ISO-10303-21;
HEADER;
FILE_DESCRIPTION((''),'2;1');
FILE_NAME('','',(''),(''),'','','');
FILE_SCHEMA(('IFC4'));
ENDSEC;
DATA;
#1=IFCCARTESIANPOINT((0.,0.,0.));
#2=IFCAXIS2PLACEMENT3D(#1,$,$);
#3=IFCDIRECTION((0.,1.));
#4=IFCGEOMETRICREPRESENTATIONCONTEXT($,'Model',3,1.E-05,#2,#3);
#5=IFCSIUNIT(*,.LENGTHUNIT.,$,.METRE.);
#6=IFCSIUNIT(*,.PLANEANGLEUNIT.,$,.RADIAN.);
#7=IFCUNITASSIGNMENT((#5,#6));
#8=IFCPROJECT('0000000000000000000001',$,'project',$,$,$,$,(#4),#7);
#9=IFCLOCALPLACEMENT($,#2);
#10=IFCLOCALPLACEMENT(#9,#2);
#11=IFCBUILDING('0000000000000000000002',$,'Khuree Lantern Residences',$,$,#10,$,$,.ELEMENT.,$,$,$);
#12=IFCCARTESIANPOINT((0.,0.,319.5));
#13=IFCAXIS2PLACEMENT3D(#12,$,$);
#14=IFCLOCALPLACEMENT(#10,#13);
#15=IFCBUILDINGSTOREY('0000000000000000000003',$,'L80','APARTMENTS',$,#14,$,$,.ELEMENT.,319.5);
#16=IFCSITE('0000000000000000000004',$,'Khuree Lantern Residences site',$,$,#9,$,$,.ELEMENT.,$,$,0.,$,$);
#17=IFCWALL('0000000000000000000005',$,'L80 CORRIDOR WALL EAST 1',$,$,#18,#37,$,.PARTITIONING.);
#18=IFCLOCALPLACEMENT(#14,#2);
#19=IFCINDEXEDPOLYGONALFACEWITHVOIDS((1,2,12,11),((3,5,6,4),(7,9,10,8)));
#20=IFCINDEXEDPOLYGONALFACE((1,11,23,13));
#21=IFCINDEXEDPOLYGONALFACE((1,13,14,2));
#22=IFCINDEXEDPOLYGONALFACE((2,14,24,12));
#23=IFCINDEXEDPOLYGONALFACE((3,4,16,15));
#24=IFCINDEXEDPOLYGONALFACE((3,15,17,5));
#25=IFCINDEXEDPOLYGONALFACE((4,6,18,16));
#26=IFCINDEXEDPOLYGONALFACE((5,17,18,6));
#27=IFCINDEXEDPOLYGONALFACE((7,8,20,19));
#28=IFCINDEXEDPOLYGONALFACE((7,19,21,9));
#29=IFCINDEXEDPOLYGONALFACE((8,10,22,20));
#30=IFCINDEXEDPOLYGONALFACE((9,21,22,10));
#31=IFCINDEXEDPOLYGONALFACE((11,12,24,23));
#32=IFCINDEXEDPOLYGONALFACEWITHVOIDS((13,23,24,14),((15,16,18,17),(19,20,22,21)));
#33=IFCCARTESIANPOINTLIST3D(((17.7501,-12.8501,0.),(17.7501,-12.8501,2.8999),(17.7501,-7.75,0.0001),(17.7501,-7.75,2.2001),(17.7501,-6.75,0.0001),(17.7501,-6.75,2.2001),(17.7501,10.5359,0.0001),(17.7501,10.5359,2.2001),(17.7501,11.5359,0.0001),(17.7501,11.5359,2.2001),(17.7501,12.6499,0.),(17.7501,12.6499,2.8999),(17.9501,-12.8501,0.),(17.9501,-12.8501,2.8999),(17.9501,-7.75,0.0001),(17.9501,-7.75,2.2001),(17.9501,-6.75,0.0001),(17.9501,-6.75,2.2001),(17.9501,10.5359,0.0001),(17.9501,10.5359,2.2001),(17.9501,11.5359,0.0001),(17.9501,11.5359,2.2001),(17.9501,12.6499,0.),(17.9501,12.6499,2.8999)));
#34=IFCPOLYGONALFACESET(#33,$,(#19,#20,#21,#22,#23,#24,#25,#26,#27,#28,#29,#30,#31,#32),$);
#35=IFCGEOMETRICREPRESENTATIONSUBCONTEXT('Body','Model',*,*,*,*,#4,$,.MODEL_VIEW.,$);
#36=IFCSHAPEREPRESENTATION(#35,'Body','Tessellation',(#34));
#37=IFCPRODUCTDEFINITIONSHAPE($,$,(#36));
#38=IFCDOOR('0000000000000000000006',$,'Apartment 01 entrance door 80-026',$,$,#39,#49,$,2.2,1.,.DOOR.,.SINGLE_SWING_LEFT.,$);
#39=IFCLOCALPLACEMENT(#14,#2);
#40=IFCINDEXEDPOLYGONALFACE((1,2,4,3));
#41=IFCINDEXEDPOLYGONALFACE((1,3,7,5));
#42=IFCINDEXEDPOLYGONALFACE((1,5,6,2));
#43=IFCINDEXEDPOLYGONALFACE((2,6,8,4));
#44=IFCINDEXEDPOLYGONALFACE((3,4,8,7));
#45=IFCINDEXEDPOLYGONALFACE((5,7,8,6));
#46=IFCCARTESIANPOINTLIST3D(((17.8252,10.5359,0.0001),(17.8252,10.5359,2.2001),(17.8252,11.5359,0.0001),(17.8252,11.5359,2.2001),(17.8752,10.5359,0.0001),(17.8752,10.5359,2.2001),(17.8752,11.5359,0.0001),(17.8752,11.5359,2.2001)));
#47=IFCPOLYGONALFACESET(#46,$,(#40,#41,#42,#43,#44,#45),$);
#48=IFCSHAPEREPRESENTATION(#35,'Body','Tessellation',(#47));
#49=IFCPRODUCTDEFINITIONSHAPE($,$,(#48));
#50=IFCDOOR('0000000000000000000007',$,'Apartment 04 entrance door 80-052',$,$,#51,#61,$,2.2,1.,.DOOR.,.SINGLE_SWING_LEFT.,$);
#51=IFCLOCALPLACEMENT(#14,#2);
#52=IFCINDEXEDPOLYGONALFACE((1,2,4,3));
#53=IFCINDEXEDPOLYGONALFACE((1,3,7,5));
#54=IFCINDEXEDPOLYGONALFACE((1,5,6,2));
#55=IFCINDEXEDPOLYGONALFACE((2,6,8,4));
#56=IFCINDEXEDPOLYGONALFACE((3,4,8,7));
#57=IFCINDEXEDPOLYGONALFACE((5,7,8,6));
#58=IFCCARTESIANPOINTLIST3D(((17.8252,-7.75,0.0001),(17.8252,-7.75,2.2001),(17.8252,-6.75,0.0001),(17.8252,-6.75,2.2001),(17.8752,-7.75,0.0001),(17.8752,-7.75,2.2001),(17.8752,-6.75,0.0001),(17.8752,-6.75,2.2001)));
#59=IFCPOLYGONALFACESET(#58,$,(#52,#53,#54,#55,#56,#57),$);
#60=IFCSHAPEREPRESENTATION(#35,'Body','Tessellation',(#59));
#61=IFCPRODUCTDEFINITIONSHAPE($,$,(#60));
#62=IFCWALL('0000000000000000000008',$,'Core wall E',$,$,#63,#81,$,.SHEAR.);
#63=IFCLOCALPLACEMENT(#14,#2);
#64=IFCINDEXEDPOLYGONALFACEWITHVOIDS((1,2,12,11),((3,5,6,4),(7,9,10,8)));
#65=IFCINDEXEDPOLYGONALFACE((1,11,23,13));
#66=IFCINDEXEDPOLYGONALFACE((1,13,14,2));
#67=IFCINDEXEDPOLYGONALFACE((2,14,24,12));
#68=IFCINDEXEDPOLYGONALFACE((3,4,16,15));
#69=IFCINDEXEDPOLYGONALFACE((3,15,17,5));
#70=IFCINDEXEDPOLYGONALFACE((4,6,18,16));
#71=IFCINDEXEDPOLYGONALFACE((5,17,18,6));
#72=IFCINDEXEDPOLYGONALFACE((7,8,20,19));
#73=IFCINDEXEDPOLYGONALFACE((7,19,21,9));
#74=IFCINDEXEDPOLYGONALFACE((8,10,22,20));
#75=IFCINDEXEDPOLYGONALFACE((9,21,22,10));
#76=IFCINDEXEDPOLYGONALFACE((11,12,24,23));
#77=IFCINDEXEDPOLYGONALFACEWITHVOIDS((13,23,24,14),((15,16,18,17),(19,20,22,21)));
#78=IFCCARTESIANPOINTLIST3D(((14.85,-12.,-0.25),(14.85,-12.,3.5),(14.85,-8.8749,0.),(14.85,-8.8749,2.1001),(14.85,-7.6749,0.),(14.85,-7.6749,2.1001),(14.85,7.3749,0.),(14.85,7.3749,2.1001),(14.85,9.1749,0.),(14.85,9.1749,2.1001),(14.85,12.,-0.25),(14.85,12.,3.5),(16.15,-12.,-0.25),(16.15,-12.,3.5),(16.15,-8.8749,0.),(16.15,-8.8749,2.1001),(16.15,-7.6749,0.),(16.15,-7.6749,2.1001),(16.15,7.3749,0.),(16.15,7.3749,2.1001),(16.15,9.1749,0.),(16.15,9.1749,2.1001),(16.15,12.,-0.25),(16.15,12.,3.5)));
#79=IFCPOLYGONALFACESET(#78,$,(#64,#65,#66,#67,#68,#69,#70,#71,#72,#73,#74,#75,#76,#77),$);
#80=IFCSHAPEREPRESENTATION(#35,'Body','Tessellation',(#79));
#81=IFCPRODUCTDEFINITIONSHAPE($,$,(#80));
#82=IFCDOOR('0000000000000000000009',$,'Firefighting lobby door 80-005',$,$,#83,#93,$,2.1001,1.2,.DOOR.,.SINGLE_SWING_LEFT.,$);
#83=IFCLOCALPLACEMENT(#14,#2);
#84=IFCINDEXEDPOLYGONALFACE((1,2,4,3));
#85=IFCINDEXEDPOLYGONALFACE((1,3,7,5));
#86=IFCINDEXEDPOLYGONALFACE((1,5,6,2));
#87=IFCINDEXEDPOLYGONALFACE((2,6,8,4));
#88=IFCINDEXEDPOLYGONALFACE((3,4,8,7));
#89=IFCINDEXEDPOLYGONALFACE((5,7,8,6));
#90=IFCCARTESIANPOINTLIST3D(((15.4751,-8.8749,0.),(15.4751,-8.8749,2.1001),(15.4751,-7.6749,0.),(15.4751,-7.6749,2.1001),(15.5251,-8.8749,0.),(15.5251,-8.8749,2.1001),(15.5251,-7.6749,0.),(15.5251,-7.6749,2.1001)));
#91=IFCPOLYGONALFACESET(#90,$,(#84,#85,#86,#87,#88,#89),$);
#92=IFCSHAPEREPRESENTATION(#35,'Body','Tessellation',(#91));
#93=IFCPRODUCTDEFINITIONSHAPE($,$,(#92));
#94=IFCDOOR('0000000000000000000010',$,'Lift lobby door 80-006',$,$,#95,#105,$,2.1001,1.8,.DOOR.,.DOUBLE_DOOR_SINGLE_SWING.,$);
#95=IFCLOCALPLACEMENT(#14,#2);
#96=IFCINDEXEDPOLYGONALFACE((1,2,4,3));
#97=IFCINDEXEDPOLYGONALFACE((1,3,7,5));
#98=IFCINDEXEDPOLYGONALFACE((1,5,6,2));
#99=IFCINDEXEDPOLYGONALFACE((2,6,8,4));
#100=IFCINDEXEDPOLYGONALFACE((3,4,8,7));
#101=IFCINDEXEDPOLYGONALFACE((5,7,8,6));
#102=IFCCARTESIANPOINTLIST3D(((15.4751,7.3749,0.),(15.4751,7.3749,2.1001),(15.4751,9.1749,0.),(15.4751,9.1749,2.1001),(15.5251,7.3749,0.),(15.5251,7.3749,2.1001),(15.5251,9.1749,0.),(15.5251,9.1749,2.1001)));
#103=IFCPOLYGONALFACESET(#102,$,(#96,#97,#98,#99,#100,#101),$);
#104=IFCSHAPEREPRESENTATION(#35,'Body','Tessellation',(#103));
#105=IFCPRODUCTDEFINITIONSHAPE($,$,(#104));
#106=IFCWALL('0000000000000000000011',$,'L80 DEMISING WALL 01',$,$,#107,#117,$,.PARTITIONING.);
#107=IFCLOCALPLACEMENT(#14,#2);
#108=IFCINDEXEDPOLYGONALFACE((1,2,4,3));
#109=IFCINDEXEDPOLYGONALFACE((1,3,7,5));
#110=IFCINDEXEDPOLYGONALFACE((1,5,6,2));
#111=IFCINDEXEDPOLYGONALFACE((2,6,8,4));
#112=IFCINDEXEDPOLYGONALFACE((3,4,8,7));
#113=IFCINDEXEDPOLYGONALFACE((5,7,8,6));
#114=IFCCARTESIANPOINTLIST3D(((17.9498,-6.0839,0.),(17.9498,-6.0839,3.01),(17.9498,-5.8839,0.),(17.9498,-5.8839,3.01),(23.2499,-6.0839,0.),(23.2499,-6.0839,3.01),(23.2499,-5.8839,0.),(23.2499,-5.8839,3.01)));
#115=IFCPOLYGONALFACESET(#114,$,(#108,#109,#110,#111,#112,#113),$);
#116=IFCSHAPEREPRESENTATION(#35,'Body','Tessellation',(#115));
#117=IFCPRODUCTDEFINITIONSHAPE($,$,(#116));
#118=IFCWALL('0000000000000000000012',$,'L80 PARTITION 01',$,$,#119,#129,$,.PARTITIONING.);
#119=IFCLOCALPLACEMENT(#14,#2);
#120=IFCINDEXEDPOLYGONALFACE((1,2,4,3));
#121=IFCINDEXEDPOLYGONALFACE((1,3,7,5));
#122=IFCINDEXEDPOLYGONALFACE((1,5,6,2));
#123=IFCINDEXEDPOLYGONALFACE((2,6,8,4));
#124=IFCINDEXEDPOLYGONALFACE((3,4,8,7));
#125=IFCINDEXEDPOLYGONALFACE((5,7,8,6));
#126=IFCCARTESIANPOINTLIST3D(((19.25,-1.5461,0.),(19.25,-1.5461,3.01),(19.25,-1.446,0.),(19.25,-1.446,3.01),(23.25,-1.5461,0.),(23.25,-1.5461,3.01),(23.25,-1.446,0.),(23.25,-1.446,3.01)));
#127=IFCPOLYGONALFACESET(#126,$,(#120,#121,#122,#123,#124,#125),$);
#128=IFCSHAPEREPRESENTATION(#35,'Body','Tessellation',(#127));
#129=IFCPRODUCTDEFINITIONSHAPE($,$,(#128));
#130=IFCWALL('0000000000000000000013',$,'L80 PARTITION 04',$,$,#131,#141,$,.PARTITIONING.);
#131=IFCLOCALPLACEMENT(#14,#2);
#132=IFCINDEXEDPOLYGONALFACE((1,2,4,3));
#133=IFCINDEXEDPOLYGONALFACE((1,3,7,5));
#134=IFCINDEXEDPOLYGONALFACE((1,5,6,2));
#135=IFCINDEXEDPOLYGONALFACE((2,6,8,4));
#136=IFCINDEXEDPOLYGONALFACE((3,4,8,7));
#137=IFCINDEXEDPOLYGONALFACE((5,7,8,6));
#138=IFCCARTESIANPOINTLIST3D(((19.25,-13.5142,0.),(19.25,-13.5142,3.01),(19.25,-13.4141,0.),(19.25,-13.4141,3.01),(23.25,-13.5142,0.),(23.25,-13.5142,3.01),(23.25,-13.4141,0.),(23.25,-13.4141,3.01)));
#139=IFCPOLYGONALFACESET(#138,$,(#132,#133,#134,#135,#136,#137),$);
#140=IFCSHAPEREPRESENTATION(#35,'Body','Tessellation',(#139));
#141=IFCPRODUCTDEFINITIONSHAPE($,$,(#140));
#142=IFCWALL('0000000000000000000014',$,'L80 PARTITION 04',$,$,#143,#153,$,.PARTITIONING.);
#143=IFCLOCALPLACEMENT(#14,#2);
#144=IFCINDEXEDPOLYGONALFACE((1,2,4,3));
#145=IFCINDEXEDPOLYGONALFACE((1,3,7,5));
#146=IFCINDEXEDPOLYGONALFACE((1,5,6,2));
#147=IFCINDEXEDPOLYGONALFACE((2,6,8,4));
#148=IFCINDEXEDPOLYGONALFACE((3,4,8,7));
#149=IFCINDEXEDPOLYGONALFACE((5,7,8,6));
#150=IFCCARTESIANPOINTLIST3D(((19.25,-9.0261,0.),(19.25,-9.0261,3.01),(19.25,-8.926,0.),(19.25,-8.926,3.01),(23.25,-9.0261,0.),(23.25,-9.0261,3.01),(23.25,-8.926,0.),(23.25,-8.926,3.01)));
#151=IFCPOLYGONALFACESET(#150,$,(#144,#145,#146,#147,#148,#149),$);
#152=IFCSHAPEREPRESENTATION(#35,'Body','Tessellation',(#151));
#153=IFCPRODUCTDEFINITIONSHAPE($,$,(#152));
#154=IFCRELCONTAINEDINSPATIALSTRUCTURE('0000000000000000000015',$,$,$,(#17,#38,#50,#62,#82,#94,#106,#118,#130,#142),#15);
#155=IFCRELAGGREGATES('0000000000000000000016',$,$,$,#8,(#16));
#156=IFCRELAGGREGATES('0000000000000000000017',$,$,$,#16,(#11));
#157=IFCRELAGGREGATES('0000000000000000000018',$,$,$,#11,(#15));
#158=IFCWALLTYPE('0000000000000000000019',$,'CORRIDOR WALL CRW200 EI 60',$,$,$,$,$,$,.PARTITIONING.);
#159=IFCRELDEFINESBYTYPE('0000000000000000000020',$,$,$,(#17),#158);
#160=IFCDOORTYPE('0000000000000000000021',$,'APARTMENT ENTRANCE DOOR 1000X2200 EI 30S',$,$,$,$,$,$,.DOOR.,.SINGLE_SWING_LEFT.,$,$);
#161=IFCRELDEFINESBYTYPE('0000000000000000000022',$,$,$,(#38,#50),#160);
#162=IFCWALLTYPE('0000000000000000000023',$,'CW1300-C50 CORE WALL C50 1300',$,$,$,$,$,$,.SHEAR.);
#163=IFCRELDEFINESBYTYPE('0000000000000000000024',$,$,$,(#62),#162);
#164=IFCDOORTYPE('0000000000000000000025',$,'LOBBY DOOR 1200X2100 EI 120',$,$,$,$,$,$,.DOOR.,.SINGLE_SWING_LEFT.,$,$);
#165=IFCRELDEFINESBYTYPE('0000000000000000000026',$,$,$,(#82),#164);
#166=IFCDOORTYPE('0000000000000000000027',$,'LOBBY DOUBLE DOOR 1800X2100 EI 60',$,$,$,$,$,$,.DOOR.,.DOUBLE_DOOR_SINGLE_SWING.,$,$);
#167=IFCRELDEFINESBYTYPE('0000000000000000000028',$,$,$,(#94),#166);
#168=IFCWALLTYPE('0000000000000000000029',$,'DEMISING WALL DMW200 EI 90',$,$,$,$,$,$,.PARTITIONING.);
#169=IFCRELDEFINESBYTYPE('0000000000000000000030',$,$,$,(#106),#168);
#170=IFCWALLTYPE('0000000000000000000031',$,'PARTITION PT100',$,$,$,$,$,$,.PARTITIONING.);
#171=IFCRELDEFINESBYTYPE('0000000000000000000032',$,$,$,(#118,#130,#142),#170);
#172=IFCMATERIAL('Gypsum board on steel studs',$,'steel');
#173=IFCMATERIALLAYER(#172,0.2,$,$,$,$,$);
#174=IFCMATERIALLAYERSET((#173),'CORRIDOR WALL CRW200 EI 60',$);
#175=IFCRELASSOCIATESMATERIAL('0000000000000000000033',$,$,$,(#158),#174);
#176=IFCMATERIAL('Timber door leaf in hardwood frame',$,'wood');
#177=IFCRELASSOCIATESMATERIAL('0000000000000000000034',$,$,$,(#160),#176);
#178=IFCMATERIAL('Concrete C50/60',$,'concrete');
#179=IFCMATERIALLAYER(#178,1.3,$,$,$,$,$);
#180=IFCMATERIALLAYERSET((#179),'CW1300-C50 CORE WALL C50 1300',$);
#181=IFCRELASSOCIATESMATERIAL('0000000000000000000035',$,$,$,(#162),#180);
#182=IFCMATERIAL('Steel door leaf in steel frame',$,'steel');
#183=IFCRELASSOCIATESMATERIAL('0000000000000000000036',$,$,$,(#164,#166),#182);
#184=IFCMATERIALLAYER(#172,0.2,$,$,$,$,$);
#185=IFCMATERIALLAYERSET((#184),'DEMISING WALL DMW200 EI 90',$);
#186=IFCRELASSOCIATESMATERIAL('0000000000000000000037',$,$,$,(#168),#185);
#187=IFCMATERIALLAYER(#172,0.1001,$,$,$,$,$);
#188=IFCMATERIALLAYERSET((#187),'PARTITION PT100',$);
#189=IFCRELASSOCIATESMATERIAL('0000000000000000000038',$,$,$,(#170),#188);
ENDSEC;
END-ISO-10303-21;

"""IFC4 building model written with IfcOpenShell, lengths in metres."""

from ifc_helpers import new_model, si_unit, direction, frame, frame_2d, origin, place, context, subcontext, project, spatial, rectangle, extrude, material, layer, layer_set, type_object, element, fill, save


model = new_model("IFC4")

# Units and contexts
model_context = context("Model", 3, precision=1e-05, world=origin(), true_north=direction((0.0, 1.0)))
body_context = subcontext(model_context, "Body", "Model", "MODEL_VIEW")
ifc_project = project(units=[si_unit("LENGTHUNIT", "METRE"), si_unit("PLANEANGLEUNIT", "RADIAN")], contexts=[model_context])

# Site, building, storey
site_placement = place(None, origin())
site = spatial("IfcSite", under=ifc_project, at=site_placement, Name="Khuree Lantern Residences site", CompositionType="ELEMENT", RefElevation=0.0)
building_placement = place(site_placement, origin())
building = spatial("IfcBuilding", under=site, at=building_placement, Name="Khuree Lantern Residences", CompositionType="ELEMENT")
storey_placement = place(building_placement, frame((0.0, 0.0, 319.5)))
storey = spatial("IfcBuildingStorey", under=building, at=storey_placement, Name="L80", Description="APARTMENTS", CompositionType="ELEMENT", Elevation=319.5)

# Shared definitions
ifc_material_1 = material(Name="Concrete C50/60", Category="concrete")

# Shared definitions
ifc_material_2 = material(Name="Gypsum board on steel studs", Category="steel")
ifc_layer_1 = layer(ifc_material_2, 0.2)
ifc_layer_set_1 = layer_set([ifc_layer_1], Name="CORRIDOR WALL CRW200 EI 60")
wall_type_1 = type_object("IfcWallType", Name="CORRIDOR WALL CRW200 EI 60", PredefinedType="PARTITIONING", material=ifc_layer_set_1)

# Walls, openings, doors
wall_1_placement = place(storey_placement, frame((17.8501, -12.8501, 0.0), z_axis=(0.0, 0.0, 1.0), x_axis=(0.0, 1.0, 0.0)))
wall_1 = element("IfcWall", 1, at=wall_1_placement, inside=storey, type_object=wall_type_1, Name="L80 CORRIDOR WALL EAST 1", PredefinedType="PARTITIONING", context=body_context, shape_type="SweptSolid", body=[
    extrude(rectangle(XDim=25.5, YDim=0.2, at=frame_2d((12.75, 0.0))), origin(), (0.0, 0.0, 1.0), 2.8999),
])
opening_1_placement = place(wall_1_placement, frame((23.386, 0.0, 0.0)))
opening_1 = element("IfcOpeningElement", 2, at=opening_1_placement, cuts=wall_1, PredefinedType="OPENING", context=body_context, shape_type="SweptSolid", body=[
    extrude(rectangle(XDim=1.0, YDim=2.2, at=frame_2d((0.5, 1.1001))), frame((0.0, 0.1099, 0.0), z_axis=(0.0, -1.0, 0.0), x_axis=(1.0, 0.0, 0.0)), (0.0, 0.0, 1.0), 0.22),
])
opening_2_placement = place(wall_1_placement, frame((5.1001, 0.0, 0.0)))
opening_2 = element("IfcOpeningElement", 3, at=opening_2_placement, cuts=wall_1, PredefinedType="OPENING", context=body_context, shape_type="SweptSolid", body=[
    extrude(rectangle(XDim=1.0, YDim=2.2, at=frame_2d((0.5, 1.1001))), frame((0.0, 0.1099, 0.0), z_axis=(0.0, -1.0, 0.0), x_axis=(1.0, 0.0, 0.0)), (0.0, 0.0, 1.0), 0.22),
])
ifc_material_3 = material(Name="Timber door leaf in hardwood frame", Category="wood")
door_type_1 = type_object("IfcDoorType", Name="APARTMENT ENTRANCE DOOR 1000X2200 EI 30S", OperationType="SINGLE_SWING_LEFT", PredefinedType="DOOR", material=ifc_material_3)
door_1_placement = place(opening_1_placement, origin())
door_1 = element("IfcDoor", 4, at=door_1_placement, inside=storey, type_object=door_type_1, Name="Apartment 01 entrance door 80-026", OperationType="SINGLE_SWING_LEFT", OverallHeight=2.2, OverallWidth=1.0, PredefinedType="DOOR", context=body_context, shape_type="SweptSolid", body=[
    extrude(rectangle(XDim=1.0, YDim=2.2, at=frame_2d((0.5, 1.1001))), frame((0.0, 0.0249, 0.0), z_axis=(0.0, -1.0, 0.0), x_axis=(1.0, 0.0, 0.0)), (0.0, 0.0, 1.0), 0.05),
])
fill(opening_1, door_1)
door_2_placement = place(opening_2_placement, origin())
door_2 = element("IfcDoor", 5, at=door_2_placement, inside=storey, type_object=door_type_1, Name="Apartment 04 entrance door 80-052", OperationType="SINGLE_SWING_LEFT", OverallHeight=2.2, OverallWidth=1.0, PredefinedType="DOOR", context=body_context, shape_type="SweptSolid", body=[
    extrude(rectangle(XDim=1.0, YDim=2.2, at=frame_2d((0.5, 1.1001))), frame((0.0, 0.0249, 0.0), z_axis=(0.0, -1.0, 0.0), x_axis=(1.0, 0.0, 0.0)), (0.0, 0.0, 1.0), 0.05),
])
fill(opening_2, door_2)
ifc_layer_2 = layer(ifc_material_1, 1.3)
ifc_layer_set_2 = layer_set([ifc_layer_2], Name="CW1300-C50 CORE WALL C50 1300")
wall_type_2 = type_object("IfcWallType", Name="CW1300-C50 CORE WALL C50 1300", PredefinedType="SHEAR", material=ifc_layer_set_2)
wall_2_placement = place(storey_placement, frame((15.5, -12.0, -0.25), z_axis=(0.0, 0.0, 1.0), x_axis=(0.0, 1.0, 0.0)))
wall_2 = element("IfcWall", 6, at=wall_2_placement, inside=storey, type_object=wall_type_2, Name="Core wall E", PredefinedType="SHEAR", context=body_context, shape_type="SweptSolid", body=[
    extrude(rectangle(XDim=24.0, YDim=1.3, at=frame_2d((12.0, 0.0))), origin(), (0.0, 0.0, 1.0), 3.75),
])
opening_3_placement = place(wall_2_placement, frame((3.125, 0.0, 0.25)))
opening_3 = element("IfcOpeningElement", 7, at=opening_3_placement, cuts=wall_2, PredefinedType="OPENING", context=body_context, shape_type="SweptSolid", body=[
    extrude(rectangle(XDim=1.2, YDim=2.1001, at=frame_2d((0.6001, 1.05))), frame((0.0, 0.6602, 0.0), z_axis=(0.0, -1.0, 0.0), x_axis=(1.0, 0.0, 0.0)), (0.0, 0.0, 1.0), 1.3201),
])
opening_4_placement = place(wall_2_placement, frame((19.375, 0.0, 0.25)))
opening_4 = element("IfcOpeningElement", 8, at=opening_4_placement, cuts=wall_2, PredefinedType="OPENING", context=body_context, shape_type="SweptSolid", body=[
    extrude(rectangle(XDim=1.8, YDim=2.1001, at=frame_2d((0.8999, 1.05))), frame((0.0, 0.6602, 0.0), z_axis=(0.0, -1.0, 0.0), x_axis=(1.0, 0.0, 0.0)), (0.0, 0.0, 1.0), 1.3201),
])
ifc_material_4 = material(Name="Steel door leaf in steel frame", Category="steel")
door_type_2 = type_object("IfcDoorType", Name="LOBBY DOOR 1200X2100 EI 120", OperationType="SINGLE_SWING_LEFT", PredefinedType="DOOR", material=ifc_material_4)
door_3_placement = place(opening_3_placement, origin())
door_3 = element("IfcDoor", 9, at=door_3_placement, inside=storey, type_object=door_type_2, Name="Firefighting lobby door 80-005", OperationType="SINGLE_SWING_LEFT", OverallHeight=2.1001, OverallWidth=1.2, PredefinedType="DOOR", context=body_context, shape_type="SweptSolid", body=[
    extrude(rectangle(XDim=1.2, YDim=2.1001, at=frame_2d((0.6001, 1.05))), frame((0.0, 0.0249, 0.0), z_axis=(0.0, -1.0, 0.0), x_axis=(1.0, 0.0, 0.0)), (0.0, 0.0, 1.0), 0.05),
])
fill(opening_3, door_3)
door_type_3 = type_object("IfcDoorType", Name="LOBBY DOUBLE DOOR 1800X2100 EI 60", OperationType="DOUBLE_DOOR_SINGLE_SWING", PredefinedType="DOOR", material=ifc_material_4)
door_4_placement = place(opening_4_placement, origin())
door_4 = element("IfcDoor", 10, at=door_4_placement, inside=storey, type_object=door_type_3, Name="Lift lobby door 80-006", OperationType="DOUBLE_DOOR_SINGLE_SWING", OverallHeight=2.1001, OverallWidth=1.8, PredefinedType="DOOR", context=body_context, shape_type="SweptSolid", body=[
    extrude(rectangle(XDim=1.8, YDim=2.1001, at=frame_2d((0.8999, 1.05))), frame((0.0, 0.0249, 0.0), z_axis=(0.0, -1.0, 0.0), x_axis=(1.0, 0.0, 0.0)), (0.0, 0.0, 1.0), 0.05),
])
fill(opening_4, door_4)

# Walls
ifc_layer_3 = layer(ifc_material_2, 0.2)
ifc_layer_set_3 = layer_set([ifc_layer_3], Name="DEMISING WALL DMW200 EI 90")
wall_type_3 = type_object("IfcWallType", Name="DEMISING WALL DMW200 EI 90", PredefinedType="PARTITIONING", material=ifc_layer_set_3)
wall_3_placement = place(storey_placement, frame((17.95, -5.9839, 0.0), z_axis=(0.0, 0.0, 1.0), x_axis=(1.0, 0.0, 0.0)))
element("IfcWall", 11, at=wall_3_placement, inside=storey, type_object=wall_type_3, Name="L80 DEMISING WALL 01", PredefinedType="PARTITIONING", context=body_context, shape_type="SweptSolid", body=[
    extrude(rectangle(XDim=5.3, YDim=0.2, at=frame_2d((2.6499, 0.0))), origin(), (0.0, 0.0, 1.0), 3.01),
])
ifc_layer_4 = layer(ifc_material_2, 0.1001)
ifc_layer_set_4 = layer_set([ifc_layer_4], Name="PARTITION PT100")
wall_type_4 = type_object("IfcWallType", Name="PARTITION PT100", PredefinedType="PARTITIONING", material=ifc_layer_set_4)
for number, where, z_axis, x_axis, name in (
    (12, (19.25, -1.4961, 0.0), (0.0, 0.0, 1.0), (1.0, 0.0, 0.0), "L80 PARTITION 01"),
    (13, (19.25, -13.4641, 0.0), (0.0, 0.0, 1.0), (1.0, 0.0, 0.0), "L80 PARTITION 04"),
    (14, (19.25, -8.9761, 0.0), (0.0, 0.0, 1.0), (1.0, 0.0, 0.0), "L80 PARTITION 04"),
):
    element("IfcWall", number, at=place(storey_placement, frame(where, z_axis=z_axis, x_axis=x_axis)), inside=storey, type_object=wall_type_4, Name=name, PredefinedType="PARTITIONING", context=body_context, shape_type="SweptSolid", body=[
        extrude(rectangle(XDim=4.0, YDim=0.1001, at=frame_2d((2.0, 0.0))), origin(), (0.0, 0.0, 1.0), 3.01),
    ])

save(model, "model.ifc")
